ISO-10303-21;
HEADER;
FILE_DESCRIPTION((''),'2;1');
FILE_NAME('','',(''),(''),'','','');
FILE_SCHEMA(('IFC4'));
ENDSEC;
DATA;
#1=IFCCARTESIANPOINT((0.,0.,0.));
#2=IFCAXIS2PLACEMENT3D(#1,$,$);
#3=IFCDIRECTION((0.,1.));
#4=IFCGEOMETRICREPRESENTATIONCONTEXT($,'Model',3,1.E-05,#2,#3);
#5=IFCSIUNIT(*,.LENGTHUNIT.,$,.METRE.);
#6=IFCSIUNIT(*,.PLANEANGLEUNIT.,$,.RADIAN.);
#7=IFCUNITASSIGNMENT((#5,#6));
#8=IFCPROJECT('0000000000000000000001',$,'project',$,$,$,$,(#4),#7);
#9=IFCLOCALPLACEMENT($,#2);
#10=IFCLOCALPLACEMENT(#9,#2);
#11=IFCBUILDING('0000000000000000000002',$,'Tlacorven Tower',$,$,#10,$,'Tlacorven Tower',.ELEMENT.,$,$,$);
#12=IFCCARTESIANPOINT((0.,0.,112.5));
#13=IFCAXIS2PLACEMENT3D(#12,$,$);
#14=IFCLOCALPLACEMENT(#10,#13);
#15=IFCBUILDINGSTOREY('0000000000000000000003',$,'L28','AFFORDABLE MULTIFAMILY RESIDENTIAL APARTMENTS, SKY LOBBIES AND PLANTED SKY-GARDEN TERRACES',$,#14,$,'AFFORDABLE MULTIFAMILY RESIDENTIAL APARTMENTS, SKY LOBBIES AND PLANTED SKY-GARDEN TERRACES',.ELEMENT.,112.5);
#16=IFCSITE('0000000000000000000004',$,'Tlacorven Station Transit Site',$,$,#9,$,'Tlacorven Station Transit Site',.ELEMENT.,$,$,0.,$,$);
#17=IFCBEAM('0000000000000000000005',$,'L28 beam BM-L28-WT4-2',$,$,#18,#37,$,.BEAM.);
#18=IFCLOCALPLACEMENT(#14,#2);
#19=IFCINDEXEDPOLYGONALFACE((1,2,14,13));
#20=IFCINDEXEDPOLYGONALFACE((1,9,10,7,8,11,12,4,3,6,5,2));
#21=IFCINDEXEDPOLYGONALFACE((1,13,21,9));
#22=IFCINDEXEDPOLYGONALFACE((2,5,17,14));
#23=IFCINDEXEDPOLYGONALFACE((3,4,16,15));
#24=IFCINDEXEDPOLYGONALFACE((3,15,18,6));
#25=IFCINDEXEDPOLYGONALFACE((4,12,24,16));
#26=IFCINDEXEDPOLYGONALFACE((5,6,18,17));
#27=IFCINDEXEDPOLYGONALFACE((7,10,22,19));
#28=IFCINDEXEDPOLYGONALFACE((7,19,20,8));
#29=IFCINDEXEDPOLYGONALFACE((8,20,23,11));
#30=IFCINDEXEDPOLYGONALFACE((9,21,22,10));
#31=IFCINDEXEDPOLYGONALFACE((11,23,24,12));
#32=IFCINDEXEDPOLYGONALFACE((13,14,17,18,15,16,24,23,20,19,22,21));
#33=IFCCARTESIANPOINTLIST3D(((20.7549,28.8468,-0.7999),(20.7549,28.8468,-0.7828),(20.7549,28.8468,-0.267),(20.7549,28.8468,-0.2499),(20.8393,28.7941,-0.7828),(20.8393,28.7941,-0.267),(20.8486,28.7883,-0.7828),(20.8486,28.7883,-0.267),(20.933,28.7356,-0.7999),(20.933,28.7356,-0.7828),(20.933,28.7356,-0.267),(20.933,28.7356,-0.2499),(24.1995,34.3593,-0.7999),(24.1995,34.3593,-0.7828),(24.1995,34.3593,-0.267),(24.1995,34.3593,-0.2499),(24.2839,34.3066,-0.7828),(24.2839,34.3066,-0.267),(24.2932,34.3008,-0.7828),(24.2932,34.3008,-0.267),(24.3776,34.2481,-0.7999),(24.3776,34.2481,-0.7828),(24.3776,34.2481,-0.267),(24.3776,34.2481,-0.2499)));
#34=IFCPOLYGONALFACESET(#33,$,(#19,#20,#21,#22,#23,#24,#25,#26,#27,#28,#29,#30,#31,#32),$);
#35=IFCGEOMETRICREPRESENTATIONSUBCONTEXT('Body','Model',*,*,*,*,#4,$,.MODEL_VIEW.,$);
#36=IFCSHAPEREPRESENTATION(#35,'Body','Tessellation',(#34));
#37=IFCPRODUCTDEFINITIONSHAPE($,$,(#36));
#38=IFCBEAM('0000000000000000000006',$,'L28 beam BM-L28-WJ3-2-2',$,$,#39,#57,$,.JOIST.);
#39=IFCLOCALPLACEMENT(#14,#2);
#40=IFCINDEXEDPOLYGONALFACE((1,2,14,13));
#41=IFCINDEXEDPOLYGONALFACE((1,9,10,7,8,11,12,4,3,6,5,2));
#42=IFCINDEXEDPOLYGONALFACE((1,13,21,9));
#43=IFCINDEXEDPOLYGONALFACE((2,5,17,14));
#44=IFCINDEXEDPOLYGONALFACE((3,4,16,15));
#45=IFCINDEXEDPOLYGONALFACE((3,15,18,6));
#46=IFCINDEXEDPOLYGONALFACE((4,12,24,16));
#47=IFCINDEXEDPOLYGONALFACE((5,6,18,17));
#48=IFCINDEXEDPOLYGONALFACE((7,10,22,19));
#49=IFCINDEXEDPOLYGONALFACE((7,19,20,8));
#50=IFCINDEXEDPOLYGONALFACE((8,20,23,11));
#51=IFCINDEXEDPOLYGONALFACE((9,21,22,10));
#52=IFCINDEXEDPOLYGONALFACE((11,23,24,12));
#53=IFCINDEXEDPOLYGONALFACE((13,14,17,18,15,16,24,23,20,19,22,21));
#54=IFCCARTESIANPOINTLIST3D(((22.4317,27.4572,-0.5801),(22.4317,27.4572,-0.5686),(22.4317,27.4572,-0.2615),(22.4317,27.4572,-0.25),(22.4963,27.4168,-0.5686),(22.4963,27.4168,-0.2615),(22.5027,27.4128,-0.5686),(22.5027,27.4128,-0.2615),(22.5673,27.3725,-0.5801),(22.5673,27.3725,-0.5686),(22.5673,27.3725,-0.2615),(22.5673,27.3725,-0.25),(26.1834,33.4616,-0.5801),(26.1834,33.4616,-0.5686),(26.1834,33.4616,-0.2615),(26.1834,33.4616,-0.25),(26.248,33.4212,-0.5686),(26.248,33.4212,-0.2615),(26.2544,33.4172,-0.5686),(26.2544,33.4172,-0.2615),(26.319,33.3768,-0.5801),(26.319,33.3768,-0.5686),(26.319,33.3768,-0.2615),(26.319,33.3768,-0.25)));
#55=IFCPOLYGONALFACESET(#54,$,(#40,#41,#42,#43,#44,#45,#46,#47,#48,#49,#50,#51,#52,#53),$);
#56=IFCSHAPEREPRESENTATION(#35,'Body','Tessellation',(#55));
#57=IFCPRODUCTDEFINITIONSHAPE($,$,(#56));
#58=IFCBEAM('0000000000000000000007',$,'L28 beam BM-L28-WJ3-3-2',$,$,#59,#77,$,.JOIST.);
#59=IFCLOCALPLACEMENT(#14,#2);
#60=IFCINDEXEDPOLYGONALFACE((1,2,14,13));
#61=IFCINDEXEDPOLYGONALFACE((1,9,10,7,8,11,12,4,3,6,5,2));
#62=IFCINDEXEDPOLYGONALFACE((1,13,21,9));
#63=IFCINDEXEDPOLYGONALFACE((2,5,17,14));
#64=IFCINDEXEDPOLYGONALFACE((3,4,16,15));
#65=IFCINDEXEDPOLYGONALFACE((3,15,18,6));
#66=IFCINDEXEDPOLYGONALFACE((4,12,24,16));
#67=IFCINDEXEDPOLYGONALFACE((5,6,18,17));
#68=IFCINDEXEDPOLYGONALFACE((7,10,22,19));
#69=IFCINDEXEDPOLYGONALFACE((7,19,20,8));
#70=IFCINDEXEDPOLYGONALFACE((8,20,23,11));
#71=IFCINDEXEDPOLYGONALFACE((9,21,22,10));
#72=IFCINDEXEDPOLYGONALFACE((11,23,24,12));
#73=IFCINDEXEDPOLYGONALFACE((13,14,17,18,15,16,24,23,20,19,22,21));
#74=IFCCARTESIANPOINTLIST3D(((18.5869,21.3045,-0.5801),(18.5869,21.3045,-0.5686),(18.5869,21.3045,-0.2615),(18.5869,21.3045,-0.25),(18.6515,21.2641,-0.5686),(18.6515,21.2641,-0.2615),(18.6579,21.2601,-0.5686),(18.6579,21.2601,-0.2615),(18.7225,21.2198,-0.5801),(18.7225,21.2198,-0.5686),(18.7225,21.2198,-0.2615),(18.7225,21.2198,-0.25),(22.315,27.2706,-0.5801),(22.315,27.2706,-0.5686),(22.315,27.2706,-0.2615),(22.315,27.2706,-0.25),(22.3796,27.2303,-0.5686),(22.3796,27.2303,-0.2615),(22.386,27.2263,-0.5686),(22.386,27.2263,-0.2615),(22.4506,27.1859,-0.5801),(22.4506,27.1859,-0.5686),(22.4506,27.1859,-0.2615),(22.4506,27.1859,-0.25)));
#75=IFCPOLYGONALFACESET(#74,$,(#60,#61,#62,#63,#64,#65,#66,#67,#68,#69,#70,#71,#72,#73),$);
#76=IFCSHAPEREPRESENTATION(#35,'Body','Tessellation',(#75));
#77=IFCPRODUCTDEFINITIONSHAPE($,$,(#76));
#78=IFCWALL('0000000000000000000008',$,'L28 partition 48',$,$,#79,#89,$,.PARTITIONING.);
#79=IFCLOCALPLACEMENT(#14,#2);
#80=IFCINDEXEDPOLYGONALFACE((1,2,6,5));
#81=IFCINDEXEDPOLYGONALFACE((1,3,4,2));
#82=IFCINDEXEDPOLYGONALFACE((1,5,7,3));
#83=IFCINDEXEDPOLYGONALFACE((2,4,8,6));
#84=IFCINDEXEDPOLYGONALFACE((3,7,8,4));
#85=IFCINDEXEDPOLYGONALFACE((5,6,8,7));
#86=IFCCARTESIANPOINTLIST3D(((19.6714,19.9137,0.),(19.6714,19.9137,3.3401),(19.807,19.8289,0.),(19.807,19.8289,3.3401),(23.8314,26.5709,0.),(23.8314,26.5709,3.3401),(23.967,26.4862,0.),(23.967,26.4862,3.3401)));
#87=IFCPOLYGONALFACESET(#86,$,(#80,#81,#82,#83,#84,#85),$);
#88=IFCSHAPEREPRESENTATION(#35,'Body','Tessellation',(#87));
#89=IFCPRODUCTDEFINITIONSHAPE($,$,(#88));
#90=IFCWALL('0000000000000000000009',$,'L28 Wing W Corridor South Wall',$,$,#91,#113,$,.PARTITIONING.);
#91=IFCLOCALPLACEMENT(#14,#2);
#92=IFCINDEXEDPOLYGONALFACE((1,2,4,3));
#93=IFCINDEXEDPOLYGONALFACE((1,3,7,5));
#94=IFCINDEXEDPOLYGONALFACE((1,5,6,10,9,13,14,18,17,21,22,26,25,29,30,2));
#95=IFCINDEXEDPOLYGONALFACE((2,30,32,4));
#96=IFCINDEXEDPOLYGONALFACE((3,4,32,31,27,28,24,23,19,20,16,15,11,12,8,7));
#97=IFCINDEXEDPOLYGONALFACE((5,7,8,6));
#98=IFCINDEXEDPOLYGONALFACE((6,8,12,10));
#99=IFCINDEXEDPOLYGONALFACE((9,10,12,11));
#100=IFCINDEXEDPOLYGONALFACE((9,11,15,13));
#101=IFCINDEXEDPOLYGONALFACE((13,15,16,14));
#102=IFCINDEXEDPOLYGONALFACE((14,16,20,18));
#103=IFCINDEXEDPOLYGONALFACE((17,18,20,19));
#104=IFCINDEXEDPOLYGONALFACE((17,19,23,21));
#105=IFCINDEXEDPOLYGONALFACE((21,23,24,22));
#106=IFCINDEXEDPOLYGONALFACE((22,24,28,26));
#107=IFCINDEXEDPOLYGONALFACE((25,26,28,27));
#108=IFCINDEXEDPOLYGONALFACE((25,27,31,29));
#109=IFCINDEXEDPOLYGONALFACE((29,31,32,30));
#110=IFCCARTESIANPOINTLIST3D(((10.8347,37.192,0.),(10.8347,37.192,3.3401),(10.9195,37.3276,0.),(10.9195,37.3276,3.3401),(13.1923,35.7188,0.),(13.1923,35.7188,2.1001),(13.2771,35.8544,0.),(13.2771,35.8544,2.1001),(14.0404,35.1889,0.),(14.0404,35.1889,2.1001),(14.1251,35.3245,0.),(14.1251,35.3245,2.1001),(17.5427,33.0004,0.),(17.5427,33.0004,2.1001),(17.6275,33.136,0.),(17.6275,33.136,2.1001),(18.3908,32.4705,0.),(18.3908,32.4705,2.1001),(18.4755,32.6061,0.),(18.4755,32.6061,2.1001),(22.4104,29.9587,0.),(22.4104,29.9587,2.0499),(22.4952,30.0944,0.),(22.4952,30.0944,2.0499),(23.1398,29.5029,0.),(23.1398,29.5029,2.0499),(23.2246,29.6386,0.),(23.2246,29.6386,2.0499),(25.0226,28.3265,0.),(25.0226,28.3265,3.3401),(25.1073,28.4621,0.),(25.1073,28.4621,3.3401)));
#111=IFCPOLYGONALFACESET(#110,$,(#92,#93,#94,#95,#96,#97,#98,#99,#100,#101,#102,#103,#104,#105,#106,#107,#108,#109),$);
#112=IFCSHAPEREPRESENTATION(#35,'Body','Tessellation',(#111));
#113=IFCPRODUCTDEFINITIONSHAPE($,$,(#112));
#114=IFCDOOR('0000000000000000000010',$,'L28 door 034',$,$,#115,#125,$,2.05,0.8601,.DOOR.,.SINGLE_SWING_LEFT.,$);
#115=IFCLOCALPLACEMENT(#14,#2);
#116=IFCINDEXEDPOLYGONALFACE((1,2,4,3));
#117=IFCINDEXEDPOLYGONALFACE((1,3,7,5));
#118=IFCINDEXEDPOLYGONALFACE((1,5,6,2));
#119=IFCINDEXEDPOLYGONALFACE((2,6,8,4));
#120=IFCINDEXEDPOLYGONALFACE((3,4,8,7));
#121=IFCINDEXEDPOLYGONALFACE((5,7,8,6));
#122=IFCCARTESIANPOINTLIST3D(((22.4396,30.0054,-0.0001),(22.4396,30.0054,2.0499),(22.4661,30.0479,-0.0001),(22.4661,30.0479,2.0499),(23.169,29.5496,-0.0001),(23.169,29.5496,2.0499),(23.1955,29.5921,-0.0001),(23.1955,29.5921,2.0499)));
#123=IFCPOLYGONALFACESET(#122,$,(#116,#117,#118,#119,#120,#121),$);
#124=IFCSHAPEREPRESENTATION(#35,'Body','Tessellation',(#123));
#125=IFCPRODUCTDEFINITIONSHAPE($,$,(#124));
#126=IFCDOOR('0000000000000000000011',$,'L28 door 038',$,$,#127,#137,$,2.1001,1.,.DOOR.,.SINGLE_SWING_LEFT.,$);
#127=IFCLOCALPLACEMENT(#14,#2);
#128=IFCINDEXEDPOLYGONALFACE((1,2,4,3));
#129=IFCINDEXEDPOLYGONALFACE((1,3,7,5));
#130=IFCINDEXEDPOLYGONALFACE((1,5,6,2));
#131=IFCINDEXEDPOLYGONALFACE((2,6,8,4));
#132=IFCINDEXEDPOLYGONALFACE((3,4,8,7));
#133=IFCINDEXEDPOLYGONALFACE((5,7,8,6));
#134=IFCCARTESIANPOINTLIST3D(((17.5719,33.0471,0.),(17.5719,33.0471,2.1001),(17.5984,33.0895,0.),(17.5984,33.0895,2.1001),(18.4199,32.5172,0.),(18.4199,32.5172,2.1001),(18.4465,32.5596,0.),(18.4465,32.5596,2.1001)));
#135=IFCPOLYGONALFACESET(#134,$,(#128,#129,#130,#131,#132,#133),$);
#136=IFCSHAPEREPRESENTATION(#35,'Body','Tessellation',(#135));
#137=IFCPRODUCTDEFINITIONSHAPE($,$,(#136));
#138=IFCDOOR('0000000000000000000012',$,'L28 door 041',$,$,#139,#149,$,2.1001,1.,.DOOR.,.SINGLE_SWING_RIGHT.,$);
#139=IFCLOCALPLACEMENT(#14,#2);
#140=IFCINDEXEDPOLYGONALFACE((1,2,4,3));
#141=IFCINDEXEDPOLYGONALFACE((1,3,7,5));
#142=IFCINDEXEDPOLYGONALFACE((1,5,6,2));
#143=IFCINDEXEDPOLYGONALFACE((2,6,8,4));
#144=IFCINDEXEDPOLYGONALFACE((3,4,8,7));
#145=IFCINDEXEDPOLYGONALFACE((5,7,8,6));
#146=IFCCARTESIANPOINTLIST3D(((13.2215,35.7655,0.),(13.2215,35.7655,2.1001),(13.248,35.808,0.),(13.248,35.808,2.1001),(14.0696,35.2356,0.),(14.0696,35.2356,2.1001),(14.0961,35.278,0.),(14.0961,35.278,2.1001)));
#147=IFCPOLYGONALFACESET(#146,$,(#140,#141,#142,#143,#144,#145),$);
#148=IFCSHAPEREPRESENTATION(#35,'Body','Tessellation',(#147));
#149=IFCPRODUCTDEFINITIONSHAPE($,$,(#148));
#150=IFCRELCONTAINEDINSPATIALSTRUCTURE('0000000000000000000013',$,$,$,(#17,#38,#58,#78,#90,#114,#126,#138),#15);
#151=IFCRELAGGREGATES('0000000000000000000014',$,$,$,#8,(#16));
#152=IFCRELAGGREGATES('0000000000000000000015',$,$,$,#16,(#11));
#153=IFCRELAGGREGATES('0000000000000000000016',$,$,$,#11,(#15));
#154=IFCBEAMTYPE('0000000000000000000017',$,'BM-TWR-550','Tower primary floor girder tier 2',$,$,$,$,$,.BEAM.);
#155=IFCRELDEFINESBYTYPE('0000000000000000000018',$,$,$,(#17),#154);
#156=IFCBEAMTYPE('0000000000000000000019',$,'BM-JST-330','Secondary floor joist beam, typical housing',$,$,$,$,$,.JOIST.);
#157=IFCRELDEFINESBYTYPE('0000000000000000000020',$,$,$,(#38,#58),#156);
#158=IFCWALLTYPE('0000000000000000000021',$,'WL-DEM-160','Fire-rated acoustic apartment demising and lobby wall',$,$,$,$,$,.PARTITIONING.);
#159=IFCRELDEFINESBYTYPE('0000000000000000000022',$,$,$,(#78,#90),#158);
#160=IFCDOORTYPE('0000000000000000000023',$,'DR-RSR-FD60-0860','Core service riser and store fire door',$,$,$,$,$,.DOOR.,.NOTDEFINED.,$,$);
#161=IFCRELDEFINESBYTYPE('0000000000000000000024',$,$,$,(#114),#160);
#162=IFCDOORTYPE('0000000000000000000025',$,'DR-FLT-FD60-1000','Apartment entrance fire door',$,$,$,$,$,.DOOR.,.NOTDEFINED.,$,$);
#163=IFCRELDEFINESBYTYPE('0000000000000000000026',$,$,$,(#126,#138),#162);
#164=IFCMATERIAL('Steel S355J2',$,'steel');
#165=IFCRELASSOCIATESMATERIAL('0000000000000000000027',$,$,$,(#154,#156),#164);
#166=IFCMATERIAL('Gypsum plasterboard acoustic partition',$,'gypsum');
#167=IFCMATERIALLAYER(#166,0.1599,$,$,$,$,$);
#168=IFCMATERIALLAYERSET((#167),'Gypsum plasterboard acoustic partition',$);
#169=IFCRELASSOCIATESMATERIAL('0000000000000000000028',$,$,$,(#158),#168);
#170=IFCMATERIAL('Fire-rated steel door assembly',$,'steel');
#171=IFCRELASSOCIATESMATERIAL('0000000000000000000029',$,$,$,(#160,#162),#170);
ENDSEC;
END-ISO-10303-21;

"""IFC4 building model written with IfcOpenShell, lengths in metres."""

from ifc_helpers import new_model, si_unit, direction, frame, frame_2d, origin, origin_2d, place, context, subcontext, project, spatial, rectangle, i_section, extrude, source, transform, mapped, material, layer, layer_set, material_profile, profile_set, type_object, element, fill, save


model = new_model("IFC4")

# Units and contexts
model_context = context("Model", 3, precision=1e-05, world=origin(), true_north=direction((0.0, 1.0)))
body_context = subcontext(model_context, "Body", "Model", "MODEL_VIEW")
ifc_project = project(units=[si_unit("LENGTHUNIT", "METRE"), si_unit("PLANEANGLEUNIT", "RADIAN")], contexts=[model_context])

# Site, building, storey
site_placement = place(None, origin())
site = spatial("IfcSite", under=ifc_project, at=site_placement, Name="Tlacorven Station Transit Site", LongName="Tlacorven Station Transit Site", CompositionType="ELEMENT", RefElevation=0.0)
building_placement = place(site_placement, origin())
building = spatial("IfcBuilding", under=site, at=building_placement, Name="Tlacorven Tower", LongName="Tlacorven Tower", CompositionType="ELEMENT")
storey_placement = place(building_placement, frame((0.0, 0.0, 112.5)))
storey = spatial("IfcBuildingStorey", under=building, at=storey_placement, Name="L28", Description="AFFORDABLE MULTIFAMILY RESIDENTIAL APARTMENTS, SKY LOBBIES AND PLANTED SKY-GARDEN TERRACES", LongName="AFFORDABLE MULTIFAMILY RESIDENTIAL APARTMENTS, SKY LOBBIES AND PLANTED SKY-GARDEN TERRACES", CompositionType="ELEMENT", Elevation=112.5)

# Beams
ifc_material_1 = material(Name="Steel S355J2", Category="steel")
ifc_material_profile_1 = material_profile(ifc_material_1, i_section(OverallWidth=0.21, OverallDepth=0.55, WebThickness=0.011, FlangeThickness=0.0171, at=origin_2d()), Name="IPE 550")
ifc_profile_set_1 = profile_set([ifc_material_profile_1], Name="Steel S355J2")
beam_type_1 = type_object("IfcBeamType", Name="BM-TWR-550", Description="Tower primary floor girder tier 2", PredefinedType="BEAM", material=ifc_profile_set_1)
shared_shape_1 = source(origin(), body_context, "Body", "SweptSolid", [
    extrude(i_section(OverallWidth=0.21, OverallDepth=0.55, WebThickness=0.011, FlangeThickness=0.0171, at=origin_2d()), origin(), (0.0, 0.0, 1.0), 6.5002),
])
beam_1_placement = place(storey_placement, frame((24.2886, 34.3037, -0.5249), z_axis=(-0.529921, -0.848047, 0.0), x_axis=(0.848047, -0.529921, 0.0)))
element("IfcBeam", 1, at=beam_1_placement, inside=storey, type_object=beam_type_1, Name="L28 beam BM-L28-WT4-2", PredefinedType="BEAM", context=body_context, shape_type="MappedRepresentation", body=[
    mapped(shared_shape_1, transform((0.0, 0.0, 0.0), scale=1.0)),
])
ifc_material_profile_2 = material_profile(ifc_material_1, i_section(OverallWidth=0.1599, OverallDepth=0.3301, WebThickness=0.0076, FlangeThickness=0.0115, at=origin_2d()), Name="IPE 330")
ifc_profile_set_2 = profile_set([ifc_material_profile_2], Name="Steel S355J2")
beam_type_2 = type_object("IfcBeamType", Name="BM-JST-330", Description="Secondary floor joist beam, typical housing", PredefinedType="JOIST", material=ifc_profile_set_2)
shared_shape_2 = source(origin(), body_context, "Body", "SweptSolid", [
    extrude(i_section(OverallWidth=0.1599, OverallDepth=0.3301, WebThickness=0.0076, FlangeThickness=0.0115, at=origin_2d()), origin(), (0.0, 0.0, 1.0), 7.0801),
])
beam_2_placement = place(storey_placement, frame((26.2512, 33.4192, -0.415), z_axis=(-0.529894, -0.848064, 0.0), x_axis=(0.848064, -0.529894, 0.0)))
element("IfcBeam", 2, at=beam_2_placement, inside=storey, type_object=beam_type_2, Name="L28 beam BM-L28-WJ3-2-2", PredefinedType="JOIST", context=body_context, shape_type="MappedRepresentation", body=[
    mapped(shared_shape_2, transform((0.0, 0.0, 0.0), scale=1.0)),
])
shared_shape_3 = source(origin(), body_context, "Body", "SweptSolid", [
    extrude(i_section(OverallWidth=0.1599, OverallDepth=0.3301, WebThickness=0.0076, FlangeThickness=0.0115, at=origin_2d()), origin(), (0.0, 0.0, 1.0), 7.0352),
])
beam_3_placement = place(storey_placement, frame((22.3828, 27.2283, -0.415), z_axis=(-0.529921, -0.848047, 0.0), x_axis=(0.848047, -0.529921, 0.0)))
element("IfcBeam", 3, at=beam_3_placement, inside=storey, type_object=beam_type_2, Name="L28 beam BM-L28-WJ3-3-2", PredefinedType="JOIST", context=body_context, shape_type="MappedRepresentation", body=[
    mapped(shared_shape_3, transform((0.0, 0.0, 0.0), scale=1.0)),
])

# Wall
ifc_material_2 = material(Name="Gypsum plasterboard acoustic partition", Category="gypsum")
ifc_layer_1 = layer(ifc_material_2, 0.1599)
ifc_layer_set_1 = layer_set([ifc_layer_1], Name="Gypsum plasterboard acoustic partition")
wall_type_1 = type_object("IfcWallType", Name="WL-DEM-160", Description="Fire-rated acoustic apartment demising and lobby wall", PredefinedType="PARTITIONING", material=ifc_layer_set_1)
wall_1_placement = place(storey_placement, frame((23.8992, 26.5286, 0.0), z_axis=(0.0, 0.0, 1.0), x_axis=(-0.529921, -0.848047, 0.0)))
element("IfcWall", 4, at=wall_1_placement, inside=storey, type_object=wall_type_1, Name="L28 partition 48", PredefinedType="PARTITIONING", context=body_context, shape_type="SweptSolid", body=[
    extrude(rectangle(XDim=7.8501, YDim=0.1599, at=frame_2d((3.925, 0.0))), origin(), (0.0, 0.0, 1.0), 3.3401),
])

# Wall, openings, doors
wall_2_placement = place(storey_placement, frame((25.0649, 28.3943, 0.0), z_axis=(0.0, 0.0, 1.0), x_axis=(-0.848048, 0.529919, 0.0)))
wall_2 = element("IfcWall", 5, at=wall_2_placement, inside=storey, type_object=wall_type_1, Name="L28 Wing W Corridor South Wall", PredefinedType="PARTITIONING", context=body_context, shape_type="SweptSolid", body=[
    extrude(rectangle(XDim=16.73, YDim=0.1599, at=frame_2d((8.365, 0.0))), origin(), (0.0, 0.0, 1.0), 3.3401),
])
opening_1_placement = place(wall_2_placement, frame((2.22, 0.0, 0.0)))
opening_1 = element("IfcOpeningElement", 6, at=opening_1_placement, cuts=wall_2, PredefinedType="OPENING", context=body_context, shape_type="SweptSolid", body=[
    extrude(rectangle(XDim=0.8601, YDim=2.05, at=frame_2d((0.4302, 1.0249))), frame((0.0, 0.0898, 0.0), z_axis=(0.0, -1.0, 0.0), x_axis=(1.0, 0.0, 0.0)), (0.0, 0.0, 1.0), 0.1799),
])
opening_2_placement = place(wall_2_placement, frame((7.8201, 0.0, 0.0)))
opening_2 = element("IfcOpeningElement", 7, at=opening_2_placement, cuts=wall_2, PredefinedType="OPENING", context=body_context, shape_type="SweptSolid", body=[
    extrude(rectangle(XDim=1.0, YDim=2.1001, at=frame_2d((0.5, 1.05))), frame((0.0, 0.0898, 0.0), z_axis=(0.0, -1.0, 0.0), x_axis=(1.0, 0.0, 0.0)), (0.0, 0.0, 1.0), 0.1799),
])
opening_3_placement = place(wall_2_placement, frame((12.95, 0.0, 0.0)))
opening_3 = element("IfcOpeningElement", 8, at=opening_3_placement, cuts=wall_2, PredefinedType="OPENING", context=body_context, shape_type="SweptSolid", body=[
    extrude(rectangle(XDim=1.0, YDim=2.1001, at=frame_2d((0.5, 1.05))), frame((0.0, 0.0898, 0.0), z_axis=(0.0, -1.0, 0.0), x_axis=(1.0, 0.0, 0.0)), (0.0, 0.0, 1.0), 0.1799),
])
ifc_material_3 = material(Name="Fire-rated steel door assembly", Category="steel")
door_type_1 = type_object("IfcDoorType", Name="DR-RSR-FD60-0860", Description="Core service riser and store fire door", OperationType="NOTDEFINED", PredefinedType="DOOR", material=ifc_material_3)
shared_shape_4 = source(origin(), body_context, "Body", "SweptSolid", [
    extrude(rectangle(XDim=0.8601, YDim=2.05, at=frame_2d((0.4302, 1.0249))), frame((0.0, 0.0249, 0.0), z_axis=(0.0, -1.0, 0.0), x_axis=(1.0, 0.0, 0.0)), (0.0, 0.0, 1.0), 0.05),
])
door_1_placement = place(opening_1_placement, origin())
door_1 = element("IfcDoor", 9, at=door_1_placement, inside=storey, type_object=door_type_1, Name="L28 door 034", OperationType="SINGLE_SWING_LEFT", OverallHeight=2.05, OverallWidth=0.8601, PredefinedType="DOOR", context=body_context, shape_type="MappedRepresentation", body=[
    mapped(shared_shape_4, transform((0.0, 0.0, 0.0), scale=1.0)),
])
fill(opening_1, door_1)
door_type_2 = type_object("IfcDoorType", Name="DR-FLT-FD60-1000", Description="Apartment entrance fire door", OperationType="NOTDEFINED", PredefinedType="DOOR", material=ifc_material_3)
shared_shape_5 = source(origin(), body_context, "Body", "SweptSolid", [
    extrude(rectangle(XDim=1.0, YDim=2.1001, at=frame_2d((0.5, 1.05))), frame((0.0, 0.0249, 0.0), z_axis=(0.0, -1.0, 0.0), x_axis=(1.0, 0.0, 0.0)), (0.0, 0.0, 1.0), 0.05),
])
door_2_placement = place(opening_2_placement, origin())
door_2 = element("IfcDoor", 10, at=door_2_placement, inside=storey, type_object=door_type_2, Name="L28 door 038", OperationType="SINGLE_SWING_LEFT", OverallHeight=2.1001, OverallWidth=1.0, PredefinedType="DOOR", context=body_context, shape_type="MappedRepresentation", body=[
    mapped(shared_shape_5, transform((0.0, 0.0, 0.0), scale=1.0)),
])
fill(opening_2, door_2)
door_3_placement = place(opening_3_placement, origin())
door_3 = element("IfcDoor", 11, at=door_3_placement, inside=storey, type_object=door_type_2, Name="L28 door 041", OperationType="SINGLE_SWING_RIGHT", OverallHeight=2.1001, OverallWidth=1.0, PredefinedType="DOOR", context=body_context, shape_type="MappedRepresentation", body=[
    mapped(shared_shape_5, transform((0.0, 0.0, 0.0), scale=1.0)),
])
fill(opening_3, door_3)

save(model, "model.ifc")
